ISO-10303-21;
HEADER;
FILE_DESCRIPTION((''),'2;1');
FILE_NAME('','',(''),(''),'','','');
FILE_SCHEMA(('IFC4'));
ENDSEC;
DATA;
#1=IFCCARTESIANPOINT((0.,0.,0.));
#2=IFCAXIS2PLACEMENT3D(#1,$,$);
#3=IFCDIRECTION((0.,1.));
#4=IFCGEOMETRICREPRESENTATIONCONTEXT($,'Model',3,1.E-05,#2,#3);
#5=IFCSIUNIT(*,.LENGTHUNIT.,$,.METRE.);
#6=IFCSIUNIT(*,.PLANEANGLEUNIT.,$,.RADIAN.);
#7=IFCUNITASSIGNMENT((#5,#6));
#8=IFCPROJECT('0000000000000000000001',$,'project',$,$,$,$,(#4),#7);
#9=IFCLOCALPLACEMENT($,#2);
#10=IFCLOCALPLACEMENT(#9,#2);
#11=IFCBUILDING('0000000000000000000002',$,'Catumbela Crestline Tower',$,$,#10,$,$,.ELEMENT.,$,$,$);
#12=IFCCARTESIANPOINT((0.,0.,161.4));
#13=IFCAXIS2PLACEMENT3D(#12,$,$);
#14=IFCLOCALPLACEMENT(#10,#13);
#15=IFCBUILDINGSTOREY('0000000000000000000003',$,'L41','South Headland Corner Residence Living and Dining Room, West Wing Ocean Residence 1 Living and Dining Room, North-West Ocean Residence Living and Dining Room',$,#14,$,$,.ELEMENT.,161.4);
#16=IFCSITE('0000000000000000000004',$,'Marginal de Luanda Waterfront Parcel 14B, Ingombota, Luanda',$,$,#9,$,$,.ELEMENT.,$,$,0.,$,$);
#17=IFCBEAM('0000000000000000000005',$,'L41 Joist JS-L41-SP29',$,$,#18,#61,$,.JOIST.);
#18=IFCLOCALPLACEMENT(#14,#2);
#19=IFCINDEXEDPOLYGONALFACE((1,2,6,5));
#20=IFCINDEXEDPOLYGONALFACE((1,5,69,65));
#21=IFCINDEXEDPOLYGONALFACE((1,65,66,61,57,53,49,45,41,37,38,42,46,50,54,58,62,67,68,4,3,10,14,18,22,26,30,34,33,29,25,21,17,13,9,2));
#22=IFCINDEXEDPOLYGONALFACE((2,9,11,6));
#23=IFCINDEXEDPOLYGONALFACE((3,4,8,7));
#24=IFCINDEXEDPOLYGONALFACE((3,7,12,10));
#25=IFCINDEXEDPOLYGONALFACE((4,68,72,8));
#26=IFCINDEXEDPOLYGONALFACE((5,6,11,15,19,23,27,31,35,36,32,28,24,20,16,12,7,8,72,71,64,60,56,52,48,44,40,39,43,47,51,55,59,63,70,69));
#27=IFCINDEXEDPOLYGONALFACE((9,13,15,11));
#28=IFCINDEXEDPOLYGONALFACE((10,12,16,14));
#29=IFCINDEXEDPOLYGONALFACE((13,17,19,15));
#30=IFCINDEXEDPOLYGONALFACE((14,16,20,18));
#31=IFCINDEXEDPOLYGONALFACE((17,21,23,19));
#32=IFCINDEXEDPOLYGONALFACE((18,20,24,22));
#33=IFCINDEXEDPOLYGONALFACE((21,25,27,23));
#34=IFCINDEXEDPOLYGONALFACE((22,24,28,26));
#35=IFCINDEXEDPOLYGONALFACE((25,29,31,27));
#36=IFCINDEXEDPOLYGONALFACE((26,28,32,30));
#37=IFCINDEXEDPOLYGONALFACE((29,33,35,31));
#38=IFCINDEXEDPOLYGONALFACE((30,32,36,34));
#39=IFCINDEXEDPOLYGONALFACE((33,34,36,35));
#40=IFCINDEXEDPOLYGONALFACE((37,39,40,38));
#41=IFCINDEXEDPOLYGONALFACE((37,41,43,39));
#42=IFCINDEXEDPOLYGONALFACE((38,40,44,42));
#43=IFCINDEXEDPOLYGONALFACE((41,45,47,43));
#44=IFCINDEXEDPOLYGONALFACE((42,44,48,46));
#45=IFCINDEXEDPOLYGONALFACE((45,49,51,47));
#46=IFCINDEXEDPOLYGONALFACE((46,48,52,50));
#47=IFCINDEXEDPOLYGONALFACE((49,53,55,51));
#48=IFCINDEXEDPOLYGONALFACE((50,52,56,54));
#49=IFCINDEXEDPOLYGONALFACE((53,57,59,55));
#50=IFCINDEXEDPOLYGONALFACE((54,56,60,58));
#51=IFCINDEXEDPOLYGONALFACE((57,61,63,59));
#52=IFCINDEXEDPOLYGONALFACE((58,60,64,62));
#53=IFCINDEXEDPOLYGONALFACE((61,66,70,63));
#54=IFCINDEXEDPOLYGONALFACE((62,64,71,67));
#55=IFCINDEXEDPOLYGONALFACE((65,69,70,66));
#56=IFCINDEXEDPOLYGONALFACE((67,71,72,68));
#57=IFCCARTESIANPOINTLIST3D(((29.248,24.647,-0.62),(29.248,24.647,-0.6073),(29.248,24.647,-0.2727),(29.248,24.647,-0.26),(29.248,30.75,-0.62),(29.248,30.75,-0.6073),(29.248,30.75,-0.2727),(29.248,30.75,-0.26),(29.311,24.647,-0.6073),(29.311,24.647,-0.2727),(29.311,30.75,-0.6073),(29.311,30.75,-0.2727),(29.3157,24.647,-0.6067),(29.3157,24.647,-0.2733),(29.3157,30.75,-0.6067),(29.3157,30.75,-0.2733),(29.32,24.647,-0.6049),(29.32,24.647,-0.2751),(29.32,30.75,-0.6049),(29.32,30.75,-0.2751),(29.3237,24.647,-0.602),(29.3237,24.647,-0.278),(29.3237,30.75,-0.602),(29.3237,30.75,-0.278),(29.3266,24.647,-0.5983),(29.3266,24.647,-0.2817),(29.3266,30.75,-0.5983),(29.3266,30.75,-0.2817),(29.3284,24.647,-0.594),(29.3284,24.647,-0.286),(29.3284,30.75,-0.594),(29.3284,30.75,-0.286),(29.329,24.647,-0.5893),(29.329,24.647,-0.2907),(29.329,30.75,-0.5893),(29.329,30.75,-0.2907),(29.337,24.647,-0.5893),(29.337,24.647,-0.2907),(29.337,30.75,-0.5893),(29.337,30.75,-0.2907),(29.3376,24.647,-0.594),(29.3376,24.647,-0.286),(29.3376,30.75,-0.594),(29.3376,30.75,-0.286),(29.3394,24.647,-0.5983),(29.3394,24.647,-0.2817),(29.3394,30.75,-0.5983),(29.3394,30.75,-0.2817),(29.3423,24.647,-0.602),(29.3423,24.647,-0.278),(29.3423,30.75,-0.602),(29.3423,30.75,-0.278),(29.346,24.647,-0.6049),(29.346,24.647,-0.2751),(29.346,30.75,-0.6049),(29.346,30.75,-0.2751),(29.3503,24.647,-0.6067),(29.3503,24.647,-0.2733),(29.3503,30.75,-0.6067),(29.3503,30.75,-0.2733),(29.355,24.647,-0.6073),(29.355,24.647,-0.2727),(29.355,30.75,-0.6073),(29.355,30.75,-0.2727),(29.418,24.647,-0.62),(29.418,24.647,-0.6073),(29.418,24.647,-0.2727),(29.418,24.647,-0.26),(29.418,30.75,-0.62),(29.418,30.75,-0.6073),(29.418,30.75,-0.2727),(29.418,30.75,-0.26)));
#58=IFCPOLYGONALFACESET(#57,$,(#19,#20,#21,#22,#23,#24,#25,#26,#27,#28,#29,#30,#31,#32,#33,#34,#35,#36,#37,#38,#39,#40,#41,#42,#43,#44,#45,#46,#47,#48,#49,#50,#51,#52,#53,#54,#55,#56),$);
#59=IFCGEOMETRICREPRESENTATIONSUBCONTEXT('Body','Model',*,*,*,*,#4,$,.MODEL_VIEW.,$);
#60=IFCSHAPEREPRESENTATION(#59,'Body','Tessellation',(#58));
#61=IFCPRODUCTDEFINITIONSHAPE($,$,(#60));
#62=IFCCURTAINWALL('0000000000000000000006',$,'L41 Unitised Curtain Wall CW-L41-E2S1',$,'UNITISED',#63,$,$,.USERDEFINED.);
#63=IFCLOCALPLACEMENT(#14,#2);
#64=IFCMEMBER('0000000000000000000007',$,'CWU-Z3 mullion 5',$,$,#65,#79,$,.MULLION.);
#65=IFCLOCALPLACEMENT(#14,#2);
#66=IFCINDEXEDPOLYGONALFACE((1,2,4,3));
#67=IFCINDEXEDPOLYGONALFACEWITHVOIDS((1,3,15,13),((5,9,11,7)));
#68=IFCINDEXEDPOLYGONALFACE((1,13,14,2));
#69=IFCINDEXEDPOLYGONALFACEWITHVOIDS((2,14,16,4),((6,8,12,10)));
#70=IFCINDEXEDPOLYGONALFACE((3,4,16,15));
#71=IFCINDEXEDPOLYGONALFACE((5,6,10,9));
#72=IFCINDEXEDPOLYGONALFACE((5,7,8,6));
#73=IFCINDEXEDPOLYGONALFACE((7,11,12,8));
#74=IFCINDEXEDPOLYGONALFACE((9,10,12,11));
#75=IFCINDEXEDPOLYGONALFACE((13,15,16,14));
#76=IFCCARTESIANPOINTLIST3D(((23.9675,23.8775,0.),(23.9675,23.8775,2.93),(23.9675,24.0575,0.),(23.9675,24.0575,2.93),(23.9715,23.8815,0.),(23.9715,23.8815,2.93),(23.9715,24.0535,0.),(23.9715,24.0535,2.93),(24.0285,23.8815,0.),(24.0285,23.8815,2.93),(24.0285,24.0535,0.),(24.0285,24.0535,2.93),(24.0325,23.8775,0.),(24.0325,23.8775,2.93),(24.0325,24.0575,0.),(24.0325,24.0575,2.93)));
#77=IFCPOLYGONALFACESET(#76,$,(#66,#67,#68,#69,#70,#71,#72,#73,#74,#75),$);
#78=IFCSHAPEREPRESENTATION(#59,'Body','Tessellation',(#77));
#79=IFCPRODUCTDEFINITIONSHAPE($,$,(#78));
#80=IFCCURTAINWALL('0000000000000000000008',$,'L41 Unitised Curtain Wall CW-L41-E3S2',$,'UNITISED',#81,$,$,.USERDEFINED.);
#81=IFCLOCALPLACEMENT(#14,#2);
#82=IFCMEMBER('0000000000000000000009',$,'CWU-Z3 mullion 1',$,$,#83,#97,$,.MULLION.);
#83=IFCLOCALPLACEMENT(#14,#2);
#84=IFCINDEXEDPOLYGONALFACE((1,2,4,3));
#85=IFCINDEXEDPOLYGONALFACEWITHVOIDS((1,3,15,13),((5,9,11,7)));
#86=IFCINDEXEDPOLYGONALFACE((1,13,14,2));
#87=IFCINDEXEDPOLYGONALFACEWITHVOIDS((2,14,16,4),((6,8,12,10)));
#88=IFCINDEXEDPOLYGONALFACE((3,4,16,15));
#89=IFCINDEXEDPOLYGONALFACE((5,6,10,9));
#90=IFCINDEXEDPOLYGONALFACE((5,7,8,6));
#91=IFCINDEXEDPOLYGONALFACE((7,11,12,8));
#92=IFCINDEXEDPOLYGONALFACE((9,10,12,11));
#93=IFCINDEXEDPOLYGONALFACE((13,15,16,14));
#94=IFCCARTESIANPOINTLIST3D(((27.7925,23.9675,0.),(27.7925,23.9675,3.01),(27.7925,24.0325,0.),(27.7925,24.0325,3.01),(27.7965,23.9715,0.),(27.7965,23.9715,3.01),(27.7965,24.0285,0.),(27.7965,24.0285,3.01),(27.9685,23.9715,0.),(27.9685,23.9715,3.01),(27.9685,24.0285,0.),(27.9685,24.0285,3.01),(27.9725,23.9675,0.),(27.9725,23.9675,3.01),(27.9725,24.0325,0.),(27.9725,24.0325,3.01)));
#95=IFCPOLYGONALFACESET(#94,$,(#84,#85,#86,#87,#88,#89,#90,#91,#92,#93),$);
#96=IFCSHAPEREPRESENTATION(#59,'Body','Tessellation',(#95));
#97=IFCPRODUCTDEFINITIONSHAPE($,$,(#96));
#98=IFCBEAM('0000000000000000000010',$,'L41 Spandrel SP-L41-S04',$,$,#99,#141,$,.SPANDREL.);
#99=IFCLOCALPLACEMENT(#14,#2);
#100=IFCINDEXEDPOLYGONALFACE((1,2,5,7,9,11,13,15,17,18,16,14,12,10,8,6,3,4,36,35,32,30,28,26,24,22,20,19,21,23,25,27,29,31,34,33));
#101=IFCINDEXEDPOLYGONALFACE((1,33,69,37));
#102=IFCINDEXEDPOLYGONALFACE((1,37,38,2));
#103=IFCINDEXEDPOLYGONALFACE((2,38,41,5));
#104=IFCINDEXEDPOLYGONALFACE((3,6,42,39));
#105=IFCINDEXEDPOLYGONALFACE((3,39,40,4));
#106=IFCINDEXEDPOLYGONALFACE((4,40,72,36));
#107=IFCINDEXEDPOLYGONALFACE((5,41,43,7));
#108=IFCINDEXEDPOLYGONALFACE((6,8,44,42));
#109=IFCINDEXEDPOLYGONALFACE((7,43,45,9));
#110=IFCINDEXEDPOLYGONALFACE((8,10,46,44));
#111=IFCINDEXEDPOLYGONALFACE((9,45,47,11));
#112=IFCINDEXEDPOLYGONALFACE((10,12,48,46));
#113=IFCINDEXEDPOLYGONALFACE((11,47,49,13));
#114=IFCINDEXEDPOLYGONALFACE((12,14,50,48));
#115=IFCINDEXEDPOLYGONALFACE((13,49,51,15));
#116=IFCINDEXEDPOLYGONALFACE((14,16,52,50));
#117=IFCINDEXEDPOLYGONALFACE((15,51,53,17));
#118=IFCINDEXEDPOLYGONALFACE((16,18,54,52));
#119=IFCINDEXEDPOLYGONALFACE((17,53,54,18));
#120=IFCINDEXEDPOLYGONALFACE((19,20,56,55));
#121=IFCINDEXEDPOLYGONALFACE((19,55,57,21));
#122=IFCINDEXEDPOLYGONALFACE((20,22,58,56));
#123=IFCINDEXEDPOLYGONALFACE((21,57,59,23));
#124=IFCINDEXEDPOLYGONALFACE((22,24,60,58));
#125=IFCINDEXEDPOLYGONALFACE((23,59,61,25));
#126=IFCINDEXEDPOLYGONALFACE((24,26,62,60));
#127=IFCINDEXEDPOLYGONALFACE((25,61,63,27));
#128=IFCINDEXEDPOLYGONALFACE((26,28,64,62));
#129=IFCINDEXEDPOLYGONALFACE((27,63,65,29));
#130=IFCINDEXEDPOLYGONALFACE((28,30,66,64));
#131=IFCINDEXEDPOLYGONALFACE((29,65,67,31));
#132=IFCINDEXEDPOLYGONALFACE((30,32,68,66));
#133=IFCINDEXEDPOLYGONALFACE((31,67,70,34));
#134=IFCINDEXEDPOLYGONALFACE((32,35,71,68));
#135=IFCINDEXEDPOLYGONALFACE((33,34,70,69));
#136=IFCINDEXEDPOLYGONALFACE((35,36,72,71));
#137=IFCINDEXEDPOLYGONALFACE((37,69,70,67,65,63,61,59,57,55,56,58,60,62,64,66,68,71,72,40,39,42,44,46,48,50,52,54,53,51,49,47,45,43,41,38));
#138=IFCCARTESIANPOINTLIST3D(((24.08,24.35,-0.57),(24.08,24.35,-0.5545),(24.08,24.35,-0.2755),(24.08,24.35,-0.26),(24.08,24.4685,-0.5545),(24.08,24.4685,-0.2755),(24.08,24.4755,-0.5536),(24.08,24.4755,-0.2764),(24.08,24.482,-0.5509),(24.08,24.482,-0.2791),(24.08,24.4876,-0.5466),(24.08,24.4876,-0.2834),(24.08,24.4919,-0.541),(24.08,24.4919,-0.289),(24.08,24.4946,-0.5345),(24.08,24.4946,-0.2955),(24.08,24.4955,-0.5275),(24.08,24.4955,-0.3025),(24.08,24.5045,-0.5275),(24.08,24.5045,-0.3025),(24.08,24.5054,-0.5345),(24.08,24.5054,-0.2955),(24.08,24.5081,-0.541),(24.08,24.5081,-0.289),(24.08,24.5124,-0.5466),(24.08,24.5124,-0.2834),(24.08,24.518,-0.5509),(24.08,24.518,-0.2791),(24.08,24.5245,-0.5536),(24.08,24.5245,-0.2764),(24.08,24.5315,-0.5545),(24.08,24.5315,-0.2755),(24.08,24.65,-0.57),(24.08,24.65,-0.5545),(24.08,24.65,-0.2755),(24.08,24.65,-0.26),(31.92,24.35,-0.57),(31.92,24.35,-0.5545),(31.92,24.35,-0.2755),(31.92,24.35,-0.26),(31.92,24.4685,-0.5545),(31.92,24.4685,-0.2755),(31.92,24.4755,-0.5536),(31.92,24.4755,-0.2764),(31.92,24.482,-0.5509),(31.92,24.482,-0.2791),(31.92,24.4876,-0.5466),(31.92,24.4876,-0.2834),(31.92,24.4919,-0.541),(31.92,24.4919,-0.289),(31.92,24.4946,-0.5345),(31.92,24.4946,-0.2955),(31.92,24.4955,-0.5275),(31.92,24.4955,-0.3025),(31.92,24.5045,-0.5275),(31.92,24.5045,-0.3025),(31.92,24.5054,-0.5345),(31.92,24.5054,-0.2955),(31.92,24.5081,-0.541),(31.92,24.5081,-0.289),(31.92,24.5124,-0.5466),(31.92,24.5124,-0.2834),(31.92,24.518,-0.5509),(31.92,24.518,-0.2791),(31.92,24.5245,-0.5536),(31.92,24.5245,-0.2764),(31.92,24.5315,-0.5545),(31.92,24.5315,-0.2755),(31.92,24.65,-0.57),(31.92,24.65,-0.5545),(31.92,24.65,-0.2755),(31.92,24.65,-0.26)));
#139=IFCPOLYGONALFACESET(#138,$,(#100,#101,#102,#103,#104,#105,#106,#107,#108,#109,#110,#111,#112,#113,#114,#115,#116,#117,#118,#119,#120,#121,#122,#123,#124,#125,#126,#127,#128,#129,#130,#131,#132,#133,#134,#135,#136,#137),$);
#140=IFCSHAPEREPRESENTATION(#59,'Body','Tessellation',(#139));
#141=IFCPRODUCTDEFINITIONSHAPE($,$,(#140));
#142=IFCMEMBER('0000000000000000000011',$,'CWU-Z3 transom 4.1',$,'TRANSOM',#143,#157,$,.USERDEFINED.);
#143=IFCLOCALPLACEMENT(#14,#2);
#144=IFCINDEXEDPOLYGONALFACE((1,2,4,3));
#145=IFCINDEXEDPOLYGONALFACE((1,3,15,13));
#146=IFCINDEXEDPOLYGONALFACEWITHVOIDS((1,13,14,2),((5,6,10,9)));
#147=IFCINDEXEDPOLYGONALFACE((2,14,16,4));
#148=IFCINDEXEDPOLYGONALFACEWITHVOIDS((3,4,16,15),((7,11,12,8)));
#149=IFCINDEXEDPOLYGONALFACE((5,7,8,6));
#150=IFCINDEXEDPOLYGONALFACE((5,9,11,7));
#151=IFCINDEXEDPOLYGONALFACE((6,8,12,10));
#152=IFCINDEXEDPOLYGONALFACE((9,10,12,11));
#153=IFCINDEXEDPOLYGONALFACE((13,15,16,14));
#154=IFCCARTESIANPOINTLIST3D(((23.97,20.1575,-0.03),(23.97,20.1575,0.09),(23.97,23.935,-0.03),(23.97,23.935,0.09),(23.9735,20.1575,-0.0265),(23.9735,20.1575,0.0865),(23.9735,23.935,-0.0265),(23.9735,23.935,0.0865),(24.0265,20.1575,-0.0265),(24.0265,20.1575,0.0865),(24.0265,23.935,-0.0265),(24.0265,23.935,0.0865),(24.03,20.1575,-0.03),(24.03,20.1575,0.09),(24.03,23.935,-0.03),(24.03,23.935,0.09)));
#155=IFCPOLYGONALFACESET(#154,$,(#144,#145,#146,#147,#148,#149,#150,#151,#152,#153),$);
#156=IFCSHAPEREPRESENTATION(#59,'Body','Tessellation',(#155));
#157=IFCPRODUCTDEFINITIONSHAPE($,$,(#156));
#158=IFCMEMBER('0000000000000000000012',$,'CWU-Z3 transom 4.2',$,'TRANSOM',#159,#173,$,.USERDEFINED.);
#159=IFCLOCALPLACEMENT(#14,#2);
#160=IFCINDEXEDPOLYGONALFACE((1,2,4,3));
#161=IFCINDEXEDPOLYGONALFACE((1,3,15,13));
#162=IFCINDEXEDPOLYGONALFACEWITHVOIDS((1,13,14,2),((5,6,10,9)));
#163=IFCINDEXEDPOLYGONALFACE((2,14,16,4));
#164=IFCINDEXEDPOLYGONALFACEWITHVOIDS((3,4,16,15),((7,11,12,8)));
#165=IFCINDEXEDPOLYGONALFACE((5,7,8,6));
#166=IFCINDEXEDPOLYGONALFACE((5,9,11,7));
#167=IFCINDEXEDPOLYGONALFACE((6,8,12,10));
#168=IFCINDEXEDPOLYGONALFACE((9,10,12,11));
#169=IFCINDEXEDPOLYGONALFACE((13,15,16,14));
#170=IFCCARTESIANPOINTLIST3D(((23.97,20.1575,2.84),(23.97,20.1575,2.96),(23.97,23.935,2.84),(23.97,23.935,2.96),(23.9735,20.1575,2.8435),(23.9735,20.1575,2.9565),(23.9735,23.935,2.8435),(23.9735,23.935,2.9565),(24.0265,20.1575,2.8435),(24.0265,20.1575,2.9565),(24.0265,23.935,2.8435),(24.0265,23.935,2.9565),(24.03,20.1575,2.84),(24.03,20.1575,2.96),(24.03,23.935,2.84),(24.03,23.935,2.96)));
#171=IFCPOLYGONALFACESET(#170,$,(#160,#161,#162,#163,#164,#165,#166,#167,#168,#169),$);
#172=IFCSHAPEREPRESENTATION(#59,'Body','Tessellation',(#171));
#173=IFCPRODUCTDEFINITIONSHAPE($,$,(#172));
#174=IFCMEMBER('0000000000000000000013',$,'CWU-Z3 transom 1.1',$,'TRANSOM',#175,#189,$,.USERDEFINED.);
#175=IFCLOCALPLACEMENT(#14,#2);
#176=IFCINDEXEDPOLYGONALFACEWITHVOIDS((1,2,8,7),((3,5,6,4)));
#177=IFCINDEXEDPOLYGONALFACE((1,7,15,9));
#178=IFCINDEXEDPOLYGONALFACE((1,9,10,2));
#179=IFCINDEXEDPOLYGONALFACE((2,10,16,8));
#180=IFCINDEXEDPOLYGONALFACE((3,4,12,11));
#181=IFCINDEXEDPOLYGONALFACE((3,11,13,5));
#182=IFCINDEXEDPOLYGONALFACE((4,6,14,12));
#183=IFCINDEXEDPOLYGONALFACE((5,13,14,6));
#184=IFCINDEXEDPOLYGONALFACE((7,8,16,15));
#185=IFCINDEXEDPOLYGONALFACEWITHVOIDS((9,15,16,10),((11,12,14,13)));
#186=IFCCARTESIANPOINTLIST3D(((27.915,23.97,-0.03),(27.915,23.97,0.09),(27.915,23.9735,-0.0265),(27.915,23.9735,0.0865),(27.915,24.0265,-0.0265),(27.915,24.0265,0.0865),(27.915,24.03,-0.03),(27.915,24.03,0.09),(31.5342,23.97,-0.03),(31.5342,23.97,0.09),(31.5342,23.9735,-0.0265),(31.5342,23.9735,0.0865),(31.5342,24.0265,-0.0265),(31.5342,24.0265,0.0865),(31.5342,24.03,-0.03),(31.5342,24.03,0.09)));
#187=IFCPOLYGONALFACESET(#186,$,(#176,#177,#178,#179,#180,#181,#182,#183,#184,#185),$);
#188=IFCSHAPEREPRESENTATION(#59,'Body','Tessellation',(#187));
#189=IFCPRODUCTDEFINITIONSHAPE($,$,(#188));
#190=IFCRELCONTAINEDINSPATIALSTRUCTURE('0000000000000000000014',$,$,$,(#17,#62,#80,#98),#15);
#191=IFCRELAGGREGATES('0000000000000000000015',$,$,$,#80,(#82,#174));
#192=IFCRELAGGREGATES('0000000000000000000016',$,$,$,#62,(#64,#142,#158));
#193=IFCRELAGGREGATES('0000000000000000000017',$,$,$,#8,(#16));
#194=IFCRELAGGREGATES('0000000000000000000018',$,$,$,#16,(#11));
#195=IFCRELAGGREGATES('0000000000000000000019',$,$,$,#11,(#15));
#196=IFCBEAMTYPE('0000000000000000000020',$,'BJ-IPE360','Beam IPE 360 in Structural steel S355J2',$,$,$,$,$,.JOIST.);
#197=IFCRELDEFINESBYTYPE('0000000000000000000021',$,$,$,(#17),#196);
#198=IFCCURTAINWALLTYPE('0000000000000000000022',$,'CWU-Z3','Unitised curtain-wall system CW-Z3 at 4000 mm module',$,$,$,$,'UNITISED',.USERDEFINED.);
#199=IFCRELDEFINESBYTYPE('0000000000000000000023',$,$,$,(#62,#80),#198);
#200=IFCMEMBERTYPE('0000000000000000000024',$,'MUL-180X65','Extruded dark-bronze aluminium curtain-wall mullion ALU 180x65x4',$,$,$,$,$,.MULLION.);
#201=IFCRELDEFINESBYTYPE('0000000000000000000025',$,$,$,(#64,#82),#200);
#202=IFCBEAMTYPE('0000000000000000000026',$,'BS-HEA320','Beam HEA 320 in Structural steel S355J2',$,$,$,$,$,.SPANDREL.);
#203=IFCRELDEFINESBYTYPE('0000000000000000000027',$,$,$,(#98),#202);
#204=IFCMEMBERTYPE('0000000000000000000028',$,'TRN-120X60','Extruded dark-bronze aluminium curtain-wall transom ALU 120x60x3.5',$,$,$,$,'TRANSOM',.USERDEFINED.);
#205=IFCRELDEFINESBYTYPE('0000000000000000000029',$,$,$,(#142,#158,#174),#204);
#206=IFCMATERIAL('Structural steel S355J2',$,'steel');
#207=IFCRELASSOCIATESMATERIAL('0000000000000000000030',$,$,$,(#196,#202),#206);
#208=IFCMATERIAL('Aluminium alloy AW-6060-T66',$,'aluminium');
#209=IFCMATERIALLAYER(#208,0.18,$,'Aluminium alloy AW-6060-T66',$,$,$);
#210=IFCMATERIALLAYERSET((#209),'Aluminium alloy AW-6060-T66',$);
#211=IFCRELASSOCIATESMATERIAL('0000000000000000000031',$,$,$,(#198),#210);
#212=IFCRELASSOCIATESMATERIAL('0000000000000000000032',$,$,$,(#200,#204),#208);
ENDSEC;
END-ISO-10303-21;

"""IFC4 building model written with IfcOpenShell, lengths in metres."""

from ifc_helpers import new_model, si_unit, direction, frame, origin, origin_2d, place, context, subcontext, project, spatial, hollow_rectangle, i_section, extrude, material, layer, layer_set, material_profile, profile_set, type_object, element, aggregate, save


model = new_model("IFC4")

# Units and contexts
model_context = context("Model", 3, precision=1e-05, world=origin(), true_north=direction((0.0, 1.0)))
body_context = subcontext(model_context, "Body", "Model", "MODEL_VIEW")
ifc_project = project(units=[si_unit("LENGTHUNIT", "METRE"), si_unit("PLANEANGLEUNIT", "RADIAN")], contexts=[model_context])

# Site, building, storey
site_placement = place(None, origin())
site = spatial("IfcSite", under=ifc_project, at=site_placement, Name="Marginal de Luanda Waterfront Parcel 14B, Ingombota, Luanda", CompositionType="ELEMENT", RefElevation=0.0)
building_placement = place(site_placement, origin())
building = spatial("IfcBuilding", under=site, at=building_placement, Name="Catumbela Crestline Tower", CompositionType="ELEMENT")
storey_placement = place(building_placement, frame((0.0, 0.0, 161.4)))
storey = spatial("IfcBuildingStorey", under=building, at=storey_placement, Name="L41", Description="South Headland Corner Residence Living and Dining Room, West Wing Ocean Residence 1 Living and Dining Room, North-West Ocean Residence Living and Dining Room", CompositionType="ELEMENT", Elevation=161.4)

# Beam
ifc_material_1 = material(Name="Structural steel S355J2", Category="steel")
ifc_material_profile_1 = material_profile(ifc_material_1, i_section(OverallWidth=0.17, OverallDepth=0.36, WebThickness=0.008, FlangeThickness=0.0127, FilletRadius=0.018, at=origin_2d()), Name="IPE 360")
ifc_profile_set_1 = profile_set([ifc_material_profile_1], Name="Structural steel S355J2")
beam_type_1 = type_object("IfcBeamType", Name="BJ-IPE360", Description="Beam IPE 360 in Structural steel S355J2", PredefinedType="JOIST", material=ifc_profile_set_1)
for number, where, z_axis, x_axis, name in (
    (1, (29.333, 24.647, -0.44), (0.0, 1.0, 0.0), (-1.0, 0.0, 0.0), "L41 Joist JS-L41-SP29"),
):
    element("IfcBeam", number, at=place(storey_placement, frame(where, z_axis=z_axis, x_axis=x_axis)), inside=storey, type_object=beam_type_1, Name=name, PredefinedType="JOIST", context=body_context, shape_type="SweptSolid", body=[
        extrude(i_section(OverallWidth=0.17, OverallDepth=0.36, WebThickness=0.008, FlangeThickness=0.0127, FilletRadius=0.018, at=origin_2d()), origin(), (0.0, 0.0, 1.0), 6.103),
    ])

# Curtain walls, members
ifc_material_2 = material(Name="Aluminium alloy AW-6060-T66", Category="aluminium")
ifc_layer_1 = layer(ifc_material_2, 0.18, Name="Aluminium alloy AW-6060-T66")
ifc_layer_set_1 = layer_set([ifc_layer_1], Name="Aluminium alloy AW-6060-T66")
curtain_wall_type = type_object("IfcCurtainWallType", Name="CWU-Z3", Description="Unitised curtain-wall system CW-Z3 at 4000 mm module", ElementType="UNITISED", PredefinedType="USERDEFINED", material=ifc_layer_set_1)
curtain_wall_1_placement = place(storey_placement, origin())
curtain_wall_1 = element("IfcCurtainWall", 2, at=curtain_wall_1_placement, inside=storey, type_object=curtain_wall_type, Name="L41 Unitised Curtain Wall CW-L41-E2S1", ObjectType="UNITISED", PredefinedType="USERDEFINED")
ifc_material_profile_2 = material_profile(ifc_material_2, hollow_rectangle(XDim=0.065, YDim=0.18, WallThickness=0.004, at=origin_2d()), Name="ALU 180x65x4")
ifc_profile_set_2 = profile_set([ifc_material_profile_2], Name="Aluminium alloy AW-6060-T66")
member_type_1 = type_object("IfcMemberType", Name="MUL-180X65", Description="Extruded dark-bronze aluminium curtain-wall mullion ALU 180x65x4", PredefinedType="MULLION", material=ifc_profile_set_2)
member_1_placement = place(storey_placement, frame((24.0, 23.9675, 0.0), z_axis=(0.0, 0.0, 1.0), x_axis=(-1.0, 0.0, 0.0)))
member_1 = element("IfcMember", 3, at=member_1_placement, type_object=member_type_1, Name="CWU-Z3 mullion 5", PredefinedType="MULLION", context=body_context, shape_type="SweptSolid", body=[
    extrude(hollow_rectangle(XDim=0.065, YDim=0.18, WallThickness=0.004, at=origin_2d()), origin(), (0.0, 0.0, 1.0), 2.93),
])
curtain_wall_2_placement = place(storey_placement, origin())
curtain_wall_2 = element("IfcCurtainWall", 4, at=curtain_wall_2_placement, inside=storey, type_object=curtain_wall_type, Name="L41 Unitised Curtain Wall CW-L41-E3S2", ObjectType="UNITISED", PredefinedType="USERDEFINED")
member_2_placement = place(storey_placement, frame((27.8825, 24.0, 0.0), z_axis=(0.0, 0.0, 1.0), x_axis=(0.0, 1.0, 0.0)))
member_2 = element("IfcMember", 5, at=member_2_placement, type_object=member_type_1, Name="CWU-Z3 mullion 1", PredefinedType="MULLION", context=body_context, shape_type="SweptSolid", body=[
    extrude(hollow_rectangle(XDim=0.065, YDim=0.18, WallThickness=0.004, at=origin_2d()), origin(), (0.0, 0.0, 1.0), 3.01),
])

# Beam
ifc_material_profile_3 = material_profile(ifc_material_1, i_section(OverallWidth=0.3, OverallDepth=0.31, WebThickness=0.009, FlangeThickness=0.0155, FilletRadius=0.027, at=origin_2d()), Name="HEA 320")
ifc_profile_set_3 = profile_set([ifc_material_profile_3], Name="Structural steel S355J2")
beam_type_2 = type_object("IfcBeamType", Name="BS-HEA320", Description="Beam HEA 320 in Structural steel S355J2", PredefinedType="SPANDREL", material=ifc_profile_set_3)
beam_1_placement = place(storey_placement, frame((24.08, 24.5, -0.415), z_axis=(1.0, 0.0, 0.0), x_axis=(0.0, 1.0, 0.0)))
element("IfcBeam", 6, at=beam_1_placement, inside=storey, type_object=beam_type_2, Name="L41 Spandrel SP-L41-S04", PredefinedType="SPANDREL", context=body_context, shape_type="SweptSolid", body=[
    extrude(i_section(OverallWidth=0.3, OverallDepth=0.31, WebThickness=0.009, FlangeThickness=0.0155, FilletRadius=0.027, at=origin_2d()), origin(), (0.0, 0.0, 1.0), 7.84),
])

# Members
ifc_material_profile_4 = material_profile(ifc_material_2, hollow_rectangle(XDim=0.06, YDim=0.12, WallThickness=0.0035, at=origin_2d()), Name="ALU 120x60x3.5")
ifc_profile_set_4 = profile_set([ifc_material_profile_4], Name="Aluminium alloy AW-6060-T66")
member_type_2 = type_object("IfcMemberType", Name="TRN-120X60", Description="Extruded dark-bronze aluminium curtain-wall transom ALU 120x60x3.5", ElementType="TRANSOM", PredefinedType="USERDEFINED", material=ifc_profile_set_4)
member_3_placement = place(storey_placement, frame((24.0, 20.1575, 0.03), z_axis=(0.0, 1.0, 0.0), x_axis=(-1.0, 0.0, 0.0)))
member_3 = element("IfcMember", 7, at=member_3_placement, type_object=member_type_2, Name="CWU-Z3 transom 4.1", ObjectType="TRANSOM", PredefinedType="USERDEFINED", context=body_context, shape_type="SweptSolid", body=[
    extrude(hollow_rectangle(XDim=0.06, YDim=0.12, WallThickness=0.0035, at=origin_2d()), origin(), (0.0, 0.0, 1.0), 3.7775),
])
member_4_placement = place(storey_placement, frame((24.0, 20.1575, 2.9), z_axis=(0.0, 1.0, 0.0), x_axis=(-1.0, 0.0, 0.0)))
member_4 = element("IfcMember", 8, at=member_4_placement, type_object=member_type_2, Name="CWU-Z3 transom 4.2", ObjectType="TRANSOM", PredefinedType="USERDEFINED", context=body_context, shape_type="SweptSolid", body=[
    extrude(hollow_rectangle(XDim=0.06, YDim=0.12, WallThickness=0.0035, at=origin_2d()), origin(), (0.0, 0.0, 1.0), 3.7775),
])
member_5_placement = place(storey_placement, frame((27.915, 24.0, 0.03), z_axis=(1.0, 0.0, 0.0), x_axis=(0.0, 1.0, 0.0)))
member_5 = element("IfcMember", 9, at=member_5_placement, type_object=member_type_2, Name="CWU-Z3 transom 1.1", ObjectType="TRANSOM", PredefinedType="USERDEFINED", context=body_context, shape_type="SweptSolid", body=[
    extrude(hollow_rectangle(XDim=0.06, YDim=0.12, WallThickness=0.0035, at=origin_2d()), origin(), (0.0, 0.0, 1.0), 3.6192),
])
aggregate(curtain_wall_2, [member_2, member_5])

aggregate(curtain_wall_1, [member_1, member_3, member_4])

save(model, "model.ifc")
